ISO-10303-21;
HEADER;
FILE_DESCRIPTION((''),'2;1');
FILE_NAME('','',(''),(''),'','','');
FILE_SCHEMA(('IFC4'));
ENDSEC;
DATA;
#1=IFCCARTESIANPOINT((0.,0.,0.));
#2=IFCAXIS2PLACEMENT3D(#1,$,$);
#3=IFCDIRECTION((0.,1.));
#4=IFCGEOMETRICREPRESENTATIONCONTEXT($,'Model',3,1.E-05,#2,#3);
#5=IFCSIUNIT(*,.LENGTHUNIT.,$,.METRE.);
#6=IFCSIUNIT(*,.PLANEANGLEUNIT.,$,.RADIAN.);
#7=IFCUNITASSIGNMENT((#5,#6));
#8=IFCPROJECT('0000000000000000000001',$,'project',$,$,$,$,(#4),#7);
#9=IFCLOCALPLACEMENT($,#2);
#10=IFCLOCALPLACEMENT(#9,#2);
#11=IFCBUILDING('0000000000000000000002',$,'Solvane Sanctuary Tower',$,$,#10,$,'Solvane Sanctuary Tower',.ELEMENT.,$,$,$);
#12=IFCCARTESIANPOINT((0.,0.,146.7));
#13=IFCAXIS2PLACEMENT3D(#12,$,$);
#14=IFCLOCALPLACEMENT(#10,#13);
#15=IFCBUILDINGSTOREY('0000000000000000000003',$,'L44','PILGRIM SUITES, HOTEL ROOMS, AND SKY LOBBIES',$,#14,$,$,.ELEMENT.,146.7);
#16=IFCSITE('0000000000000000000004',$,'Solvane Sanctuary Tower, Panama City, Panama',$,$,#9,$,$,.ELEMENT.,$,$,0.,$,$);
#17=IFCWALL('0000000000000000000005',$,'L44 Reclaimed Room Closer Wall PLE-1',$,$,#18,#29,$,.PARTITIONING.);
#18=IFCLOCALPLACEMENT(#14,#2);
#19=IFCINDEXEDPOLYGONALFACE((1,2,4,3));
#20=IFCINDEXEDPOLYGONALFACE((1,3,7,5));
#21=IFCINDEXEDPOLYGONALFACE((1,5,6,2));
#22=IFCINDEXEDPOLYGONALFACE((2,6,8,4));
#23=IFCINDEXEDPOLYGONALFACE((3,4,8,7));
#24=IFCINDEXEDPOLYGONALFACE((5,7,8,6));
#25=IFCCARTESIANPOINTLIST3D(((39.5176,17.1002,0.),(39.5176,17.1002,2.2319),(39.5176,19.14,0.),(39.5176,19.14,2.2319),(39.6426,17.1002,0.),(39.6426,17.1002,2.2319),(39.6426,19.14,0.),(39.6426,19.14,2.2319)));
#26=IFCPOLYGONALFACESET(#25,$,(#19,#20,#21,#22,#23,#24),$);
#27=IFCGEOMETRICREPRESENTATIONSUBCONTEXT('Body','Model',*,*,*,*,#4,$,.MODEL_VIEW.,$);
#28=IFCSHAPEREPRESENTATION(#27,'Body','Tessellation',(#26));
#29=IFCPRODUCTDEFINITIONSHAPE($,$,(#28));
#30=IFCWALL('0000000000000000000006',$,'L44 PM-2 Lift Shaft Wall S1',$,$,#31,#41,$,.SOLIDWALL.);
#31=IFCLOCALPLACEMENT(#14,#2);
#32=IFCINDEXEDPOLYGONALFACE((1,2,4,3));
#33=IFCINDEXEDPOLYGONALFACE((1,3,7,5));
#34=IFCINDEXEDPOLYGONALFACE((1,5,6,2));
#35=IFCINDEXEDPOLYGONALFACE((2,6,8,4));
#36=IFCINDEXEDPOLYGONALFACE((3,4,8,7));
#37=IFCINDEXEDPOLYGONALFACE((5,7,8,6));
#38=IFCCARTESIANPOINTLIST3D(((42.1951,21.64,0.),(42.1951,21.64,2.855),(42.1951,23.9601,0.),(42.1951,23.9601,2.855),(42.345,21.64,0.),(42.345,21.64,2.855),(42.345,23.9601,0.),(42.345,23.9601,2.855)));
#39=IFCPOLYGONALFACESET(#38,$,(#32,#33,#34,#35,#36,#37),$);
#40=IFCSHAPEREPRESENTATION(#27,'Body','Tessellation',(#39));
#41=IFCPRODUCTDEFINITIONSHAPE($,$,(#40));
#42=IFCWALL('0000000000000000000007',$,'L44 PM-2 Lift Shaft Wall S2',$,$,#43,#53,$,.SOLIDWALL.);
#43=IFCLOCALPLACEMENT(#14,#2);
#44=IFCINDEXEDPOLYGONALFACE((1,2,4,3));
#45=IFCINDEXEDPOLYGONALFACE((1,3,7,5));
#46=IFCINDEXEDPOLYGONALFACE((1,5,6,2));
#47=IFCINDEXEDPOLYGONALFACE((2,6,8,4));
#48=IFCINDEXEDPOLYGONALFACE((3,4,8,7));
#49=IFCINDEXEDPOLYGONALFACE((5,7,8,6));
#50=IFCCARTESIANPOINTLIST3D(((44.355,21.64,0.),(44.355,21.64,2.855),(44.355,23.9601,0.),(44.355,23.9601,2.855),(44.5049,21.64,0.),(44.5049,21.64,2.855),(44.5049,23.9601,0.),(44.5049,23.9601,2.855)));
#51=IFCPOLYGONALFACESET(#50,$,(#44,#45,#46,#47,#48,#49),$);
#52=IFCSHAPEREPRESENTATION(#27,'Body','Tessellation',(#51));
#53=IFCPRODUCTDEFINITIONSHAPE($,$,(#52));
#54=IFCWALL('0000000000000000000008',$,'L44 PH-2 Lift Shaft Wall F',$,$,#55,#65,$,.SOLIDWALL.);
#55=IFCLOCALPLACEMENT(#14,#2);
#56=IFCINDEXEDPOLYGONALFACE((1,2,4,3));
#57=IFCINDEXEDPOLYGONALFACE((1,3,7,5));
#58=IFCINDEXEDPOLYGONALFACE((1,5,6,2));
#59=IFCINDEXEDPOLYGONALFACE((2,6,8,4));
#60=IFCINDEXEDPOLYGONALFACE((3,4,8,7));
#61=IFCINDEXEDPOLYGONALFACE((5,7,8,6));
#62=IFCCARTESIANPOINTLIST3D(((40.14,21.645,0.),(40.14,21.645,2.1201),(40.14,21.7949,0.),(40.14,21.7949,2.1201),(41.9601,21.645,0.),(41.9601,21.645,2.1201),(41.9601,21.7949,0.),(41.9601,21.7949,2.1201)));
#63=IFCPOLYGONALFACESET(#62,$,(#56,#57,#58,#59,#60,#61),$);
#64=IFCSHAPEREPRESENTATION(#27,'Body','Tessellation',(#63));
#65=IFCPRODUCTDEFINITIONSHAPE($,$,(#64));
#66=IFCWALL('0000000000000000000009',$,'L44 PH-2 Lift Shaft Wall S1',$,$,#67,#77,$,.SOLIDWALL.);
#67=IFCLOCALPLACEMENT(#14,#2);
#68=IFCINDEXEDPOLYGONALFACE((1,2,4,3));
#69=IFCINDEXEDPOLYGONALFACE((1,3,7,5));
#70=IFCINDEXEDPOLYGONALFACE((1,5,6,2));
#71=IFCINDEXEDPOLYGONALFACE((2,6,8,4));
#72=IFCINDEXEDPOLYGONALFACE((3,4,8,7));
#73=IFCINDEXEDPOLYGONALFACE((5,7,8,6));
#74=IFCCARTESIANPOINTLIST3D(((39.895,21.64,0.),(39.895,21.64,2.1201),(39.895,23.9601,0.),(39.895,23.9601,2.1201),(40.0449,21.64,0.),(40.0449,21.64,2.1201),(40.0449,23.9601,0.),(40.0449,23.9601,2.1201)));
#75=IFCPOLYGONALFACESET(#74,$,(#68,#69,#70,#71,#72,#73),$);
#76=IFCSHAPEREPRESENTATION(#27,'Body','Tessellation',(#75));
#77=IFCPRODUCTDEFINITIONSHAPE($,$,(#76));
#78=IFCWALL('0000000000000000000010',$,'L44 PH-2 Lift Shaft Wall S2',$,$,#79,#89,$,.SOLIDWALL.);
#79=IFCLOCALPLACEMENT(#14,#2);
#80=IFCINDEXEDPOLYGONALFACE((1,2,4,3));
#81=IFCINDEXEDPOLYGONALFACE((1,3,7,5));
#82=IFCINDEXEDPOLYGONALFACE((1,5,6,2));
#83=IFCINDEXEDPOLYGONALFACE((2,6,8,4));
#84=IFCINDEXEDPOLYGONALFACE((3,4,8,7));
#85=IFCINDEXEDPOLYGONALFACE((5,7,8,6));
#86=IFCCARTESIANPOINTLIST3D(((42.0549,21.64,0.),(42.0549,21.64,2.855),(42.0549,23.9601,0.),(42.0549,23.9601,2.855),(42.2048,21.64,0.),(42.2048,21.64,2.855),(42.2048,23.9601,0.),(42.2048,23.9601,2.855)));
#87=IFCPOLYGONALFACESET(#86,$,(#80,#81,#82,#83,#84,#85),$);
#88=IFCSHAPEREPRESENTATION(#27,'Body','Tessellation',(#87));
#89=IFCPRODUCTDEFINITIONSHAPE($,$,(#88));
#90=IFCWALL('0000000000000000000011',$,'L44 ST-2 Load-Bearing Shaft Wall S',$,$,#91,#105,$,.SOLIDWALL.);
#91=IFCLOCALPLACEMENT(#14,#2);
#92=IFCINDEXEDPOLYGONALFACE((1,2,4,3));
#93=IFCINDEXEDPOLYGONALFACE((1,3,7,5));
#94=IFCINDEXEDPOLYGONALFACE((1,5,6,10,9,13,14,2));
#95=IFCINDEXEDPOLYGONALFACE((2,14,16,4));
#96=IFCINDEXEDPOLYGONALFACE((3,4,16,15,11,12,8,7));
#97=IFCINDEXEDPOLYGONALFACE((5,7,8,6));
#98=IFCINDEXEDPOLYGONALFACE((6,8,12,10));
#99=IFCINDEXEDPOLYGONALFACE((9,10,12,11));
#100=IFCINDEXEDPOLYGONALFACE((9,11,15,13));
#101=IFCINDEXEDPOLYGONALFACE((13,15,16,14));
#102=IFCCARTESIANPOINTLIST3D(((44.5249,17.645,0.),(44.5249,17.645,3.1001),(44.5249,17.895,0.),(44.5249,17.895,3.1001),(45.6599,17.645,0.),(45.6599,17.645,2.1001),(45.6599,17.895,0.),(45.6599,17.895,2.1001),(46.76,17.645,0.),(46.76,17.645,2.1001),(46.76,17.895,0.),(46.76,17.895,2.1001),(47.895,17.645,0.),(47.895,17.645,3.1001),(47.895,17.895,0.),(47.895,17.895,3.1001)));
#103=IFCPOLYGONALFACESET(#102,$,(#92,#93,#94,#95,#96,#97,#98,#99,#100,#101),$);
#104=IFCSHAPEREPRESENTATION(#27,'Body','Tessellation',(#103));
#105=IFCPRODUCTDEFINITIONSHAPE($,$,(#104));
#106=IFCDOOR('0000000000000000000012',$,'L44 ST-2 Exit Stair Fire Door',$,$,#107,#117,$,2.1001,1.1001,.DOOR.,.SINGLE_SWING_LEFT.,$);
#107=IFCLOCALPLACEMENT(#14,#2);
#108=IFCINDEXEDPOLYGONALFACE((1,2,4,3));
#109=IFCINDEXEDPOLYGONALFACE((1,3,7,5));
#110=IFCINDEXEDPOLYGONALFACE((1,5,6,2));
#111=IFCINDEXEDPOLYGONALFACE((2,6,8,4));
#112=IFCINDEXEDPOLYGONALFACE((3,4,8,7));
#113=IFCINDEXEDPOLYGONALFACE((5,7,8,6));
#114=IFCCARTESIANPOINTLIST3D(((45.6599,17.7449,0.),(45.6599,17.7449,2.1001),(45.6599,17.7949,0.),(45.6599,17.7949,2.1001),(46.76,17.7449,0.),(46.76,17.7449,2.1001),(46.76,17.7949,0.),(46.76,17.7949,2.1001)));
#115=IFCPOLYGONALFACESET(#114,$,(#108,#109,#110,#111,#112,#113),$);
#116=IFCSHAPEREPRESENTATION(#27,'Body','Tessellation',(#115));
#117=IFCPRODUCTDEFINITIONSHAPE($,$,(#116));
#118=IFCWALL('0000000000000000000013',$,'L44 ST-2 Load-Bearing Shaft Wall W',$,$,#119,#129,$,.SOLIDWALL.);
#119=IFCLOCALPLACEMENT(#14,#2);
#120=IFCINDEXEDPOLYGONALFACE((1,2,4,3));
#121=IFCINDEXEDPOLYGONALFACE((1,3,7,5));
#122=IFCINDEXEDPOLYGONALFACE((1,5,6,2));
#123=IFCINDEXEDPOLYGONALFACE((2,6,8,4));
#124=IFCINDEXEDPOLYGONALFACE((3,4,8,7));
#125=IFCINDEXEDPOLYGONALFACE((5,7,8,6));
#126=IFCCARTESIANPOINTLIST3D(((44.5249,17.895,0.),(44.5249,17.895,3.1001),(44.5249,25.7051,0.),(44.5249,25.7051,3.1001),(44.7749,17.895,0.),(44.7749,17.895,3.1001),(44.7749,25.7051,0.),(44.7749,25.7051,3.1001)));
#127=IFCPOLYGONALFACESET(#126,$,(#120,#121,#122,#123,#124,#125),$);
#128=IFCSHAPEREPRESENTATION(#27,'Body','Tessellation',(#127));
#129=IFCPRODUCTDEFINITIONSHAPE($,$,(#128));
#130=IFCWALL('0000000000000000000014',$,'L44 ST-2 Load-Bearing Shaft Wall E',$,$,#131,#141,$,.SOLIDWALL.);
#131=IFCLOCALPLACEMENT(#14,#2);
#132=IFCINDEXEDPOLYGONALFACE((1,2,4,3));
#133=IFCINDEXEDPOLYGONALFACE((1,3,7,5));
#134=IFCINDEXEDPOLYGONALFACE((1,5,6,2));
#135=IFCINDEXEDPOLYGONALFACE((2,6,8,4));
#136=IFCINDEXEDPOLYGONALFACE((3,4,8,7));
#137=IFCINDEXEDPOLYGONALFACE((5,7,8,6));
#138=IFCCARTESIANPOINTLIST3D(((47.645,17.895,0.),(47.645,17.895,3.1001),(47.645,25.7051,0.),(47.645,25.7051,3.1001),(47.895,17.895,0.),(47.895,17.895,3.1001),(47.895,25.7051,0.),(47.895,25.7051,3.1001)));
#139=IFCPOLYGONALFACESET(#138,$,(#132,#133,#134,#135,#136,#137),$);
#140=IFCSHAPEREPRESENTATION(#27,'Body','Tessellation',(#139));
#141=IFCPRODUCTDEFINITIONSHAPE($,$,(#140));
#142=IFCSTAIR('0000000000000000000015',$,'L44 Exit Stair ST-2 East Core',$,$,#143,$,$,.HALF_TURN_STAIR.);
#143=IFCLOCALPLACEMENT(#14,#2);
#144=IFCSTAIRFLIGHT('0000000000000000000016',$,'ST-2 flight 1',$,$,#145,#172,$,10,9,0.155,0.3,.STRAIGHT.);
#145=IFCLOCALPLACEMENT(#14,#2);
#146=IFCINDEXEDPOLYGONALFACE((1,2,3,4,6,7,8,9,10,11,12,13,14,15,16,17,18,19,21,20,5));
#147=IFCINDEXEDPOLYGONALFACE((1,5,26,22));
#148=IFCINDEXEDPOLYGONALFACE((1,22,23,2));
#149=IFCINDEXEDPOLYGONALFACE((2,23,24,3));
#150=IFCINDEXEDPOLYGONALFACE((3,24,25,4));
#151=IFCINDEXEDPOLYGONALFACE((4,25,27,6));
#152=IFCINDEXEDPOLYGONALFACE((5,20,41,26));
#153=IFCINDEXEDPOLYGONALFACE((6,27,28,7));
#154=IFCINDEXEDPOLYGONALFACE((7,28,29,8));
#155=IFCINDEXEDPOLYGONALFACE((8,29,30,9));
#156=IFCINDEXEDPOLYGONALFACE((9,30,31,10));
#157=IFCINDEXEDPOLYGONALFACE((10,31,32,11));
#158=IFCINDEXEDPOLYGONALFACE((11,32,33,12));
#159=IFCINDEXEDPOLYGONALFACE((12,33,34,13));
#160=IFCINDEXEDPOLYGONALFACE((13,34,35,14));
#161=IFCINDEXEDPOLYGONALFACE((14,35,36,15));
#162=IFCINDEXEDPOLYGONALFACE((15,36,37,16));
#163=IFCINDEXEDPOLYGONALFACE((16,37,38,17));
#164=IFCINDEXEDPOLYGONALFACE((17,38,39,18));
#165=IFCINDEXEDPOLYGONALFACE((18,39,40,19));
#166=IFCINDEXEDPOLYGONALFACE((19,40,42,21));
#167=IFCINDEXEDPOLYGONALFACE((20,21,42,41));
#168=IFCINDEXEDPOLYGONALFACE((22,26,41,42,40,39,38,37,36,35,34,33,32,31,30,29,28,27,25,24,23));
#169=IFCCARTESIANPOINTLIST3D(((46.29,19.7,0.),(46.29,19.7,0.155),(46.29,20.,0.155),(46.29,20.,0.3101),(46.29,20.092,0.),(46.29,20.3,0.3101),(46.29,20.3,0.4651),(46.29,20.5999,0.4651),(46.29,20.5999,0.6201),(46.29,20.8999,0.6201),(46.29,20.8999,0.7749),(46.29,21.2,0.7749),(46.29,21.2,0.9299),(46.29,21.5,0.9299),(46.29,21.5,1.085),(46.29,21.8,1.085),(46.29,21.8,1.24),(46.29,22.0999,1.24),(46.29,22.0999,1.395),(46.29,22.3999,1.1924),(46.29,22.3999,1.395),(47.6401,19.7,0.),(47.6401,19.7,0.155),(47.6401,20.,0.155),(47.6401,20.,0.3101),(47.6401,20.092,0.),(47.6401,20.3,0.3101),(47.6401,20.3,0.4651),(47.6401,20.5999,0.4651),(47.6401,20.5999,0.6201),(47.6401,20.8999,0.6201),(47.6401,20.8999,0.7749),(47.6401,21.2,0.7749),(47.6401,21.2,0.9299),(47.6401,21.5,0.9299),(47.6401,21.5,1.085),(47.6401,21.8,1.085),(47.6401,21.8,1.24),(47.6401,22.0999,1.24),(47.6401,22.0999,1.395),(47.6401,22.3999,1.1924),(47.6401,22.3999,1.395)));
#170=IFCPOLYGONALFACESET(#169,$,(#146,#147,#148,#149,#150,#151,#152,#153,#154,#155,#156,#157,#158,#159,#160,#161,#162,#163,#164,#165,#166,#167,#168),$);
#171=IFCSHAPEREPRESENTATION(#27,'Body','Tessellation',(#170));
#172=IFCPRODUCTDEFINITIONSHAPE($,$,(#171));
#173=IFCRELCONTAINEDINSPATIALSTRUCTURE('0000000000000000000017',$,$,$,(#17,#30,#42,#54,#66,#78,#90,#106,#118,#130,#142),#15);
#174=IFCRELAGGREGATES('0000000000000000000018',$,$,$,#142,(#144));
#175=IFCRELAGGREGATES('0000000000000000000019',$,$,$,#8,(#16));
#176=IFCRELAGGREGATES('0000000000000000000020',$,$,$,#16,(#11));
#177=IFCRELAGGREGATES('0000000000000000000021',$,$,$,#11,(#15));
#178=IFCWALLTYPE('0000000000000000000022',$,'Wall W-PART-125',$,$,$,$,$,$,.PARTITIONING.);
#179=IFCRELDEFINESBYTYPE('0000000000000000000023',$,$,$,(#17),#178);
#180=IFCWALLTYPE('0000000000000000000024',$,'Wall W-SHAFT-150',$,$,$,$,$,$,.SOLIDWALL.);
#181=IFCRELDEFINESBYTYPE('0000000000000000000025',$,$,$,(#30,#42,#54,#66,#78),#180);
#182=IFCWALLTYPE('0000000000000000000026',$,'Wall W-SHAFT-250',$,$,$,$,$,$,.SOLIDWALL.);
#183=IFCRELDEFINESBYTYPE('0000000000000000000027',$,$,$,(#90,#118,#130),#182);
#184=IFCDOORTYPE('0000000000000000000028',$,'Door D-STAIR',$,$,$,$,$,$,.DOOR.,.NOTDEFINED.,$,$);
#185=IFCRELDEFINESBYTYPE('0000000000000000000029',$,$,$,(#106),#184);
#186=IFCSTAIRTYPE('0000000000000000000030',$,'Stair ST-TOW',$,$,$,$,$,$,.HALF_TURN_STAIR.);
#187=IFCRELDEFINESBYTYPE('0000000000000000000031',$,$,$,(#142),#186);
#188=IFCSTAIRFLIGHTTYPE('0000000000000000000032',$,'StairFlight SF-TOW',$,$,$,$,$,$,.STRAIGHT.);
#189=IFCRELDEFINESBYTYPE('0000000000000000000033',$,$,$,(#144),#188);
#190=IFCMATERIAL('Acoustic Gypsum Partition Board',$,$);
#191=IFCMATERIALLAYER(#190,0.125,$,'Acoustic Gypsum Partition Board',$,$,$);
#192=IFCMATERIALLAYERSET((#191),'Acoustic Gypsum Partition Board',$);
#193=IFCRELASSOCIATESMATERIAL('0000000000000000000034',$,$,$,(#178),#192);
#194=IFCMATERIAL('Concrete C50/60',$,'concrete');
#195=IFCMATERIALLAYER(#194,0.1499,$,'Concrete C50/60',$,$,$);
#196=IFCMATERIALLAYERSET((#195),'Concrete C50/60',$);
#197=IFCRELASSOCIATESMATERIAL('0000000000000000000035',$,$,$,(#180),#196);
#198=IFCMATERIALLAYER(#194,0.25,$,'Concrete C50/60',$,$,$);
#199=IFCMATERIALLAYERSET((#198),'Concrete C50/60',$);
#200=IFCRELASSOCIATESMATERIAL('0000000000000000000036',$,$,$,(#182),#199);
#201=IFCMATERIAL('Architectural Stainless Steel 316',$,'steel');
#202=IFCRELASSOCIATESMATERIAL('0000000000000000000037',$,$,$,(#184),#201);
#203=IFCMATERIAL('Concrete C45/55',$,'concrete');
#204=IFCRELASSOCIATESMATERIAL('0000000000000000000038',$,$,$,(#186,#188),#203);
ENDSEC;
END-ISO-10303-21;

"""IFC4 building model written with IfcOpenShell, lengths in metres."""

from ifc_helpers import new_model, si_unit, direction, frame, frame_2d, origin, place, context, subcontext, project, spatial, polyline, rectangle, outline, extrude, material, layer, layer_set, type_object, element, fill, aggregate, save


model = new_model("IFC4")

# Units and contexts
model_context = context("Model", 3, precision=1e-05, world=origin(), true_north=direction((0.0, 1.0)))
body_context = subcontext(model_context, "Body", "Model", "MODEL_VIEW")
ifc_project = project(units=[si_unit("LENGTHUNIT", "METRE"), si_unit("PLANEANGLEUNIT", "RADIAN")], contexts=[model_context])

# Site, building, storey
site_placement = place(None, origin())
site = spatial("IfcSite", under=ifc_project, at=site_placement, Name="Solvane Sanctuary Tower, Panama City, Panama", CompositionType="ELEMENT", RefElevation=0.0)
building_placement = place(site_placement, origin())
building = spatial("IfcBuilding", under=site, at=building_placement, Name="Solvane Sanctuary Tower", LongName="Solvane Sanctuary Tower", CompositionType="ELEMENT")
storey_placement = place(building_placement, frame((0.0, 0.0, 146.7)))
storey = spatial("IfcBuildingStorey", under=building, at=storey_placement, Name="L44", Description="PILGRIM SUITES, HOTEL ROOMS, AND SKY LOBBIES", CompositionType="ELEMENT", Elevation=146.7)

# Shared definitions
ifc_material_1 = material(Name="Acoustic Gypsum Partition Board")

# Shared definitions
ifc_layer_1 = layer(ifc_material_1, 0.125, Name="Acoustic Gypsum Partition Board")
ifc_layer_set_1 = layer_set([ifc_layer_1], Name="Acoustic Gypsum Partition Board")
wall_type_1 = type_object("IfcWallType", Name="Wall W-PART-125", PredefinedType="PARTITIONING", material=ifc_layer_set_1)
ifc_material_2 = material(Name="Architectural Stainless Steel 316", Category="steel")

# Walls
wall_1_placement = place(storey_placement, frame((39.5801, 17.1001, 0.0), z_axis=(0.0, 0.0, 1.0), x_axis=(0.0, 1.0, 0.0)))
element("IfcWall", 1, at=wall_1_placement, inside=storey, type_object=wall_type_1, Name="L44 Reclaimed Room Closer Wall PLE-1", PredefinedType="PARTITIONING", context=body_context, shape_type="SweptSolid", body=[
    extrude(rectangle(XDim=2.0398, YDim=0.125, at=frame_2d((1.02, 0.0))), origin(), (0.0, 0.0, 1.0), 2.2319),
])
ifc_material_3 = material(Name="Concrete C50/60", Category="concrete")
ifc_layer_2 = layer(ifc_material_3, 0.1499, Name="Concrete C50/60")
ifc_layer_set_2 = layer_set([ifc_layer_2], Name="Concrete C50/60")
wall_type_2 = type_object("IfcWallType", Name="Wall W-SHAFT-150", PredefinedType="SOLIDWALL", material=ifc_layer_set_2)
for number, where, z_axis, x_axis, name in (
    (2, (42.27, 21.6399, 0.0), (0.0, 0.0, 1.0), (0.0, 1.0, 0.0), "L44 PM-2 Lift Shaft Wall S1"),
    (3, (44.4299, 21.6399, 0.0), (0.0, 0.0, 1.0), (0.0, 1.0, 0.0), "L44 PM-2 Lift Shaft Wall S2"),
):
    element("IfcWall", number, at=place(storey_placement, frame(where, z_axis=z_axis, x_axis=x_axis)), inside=storey, type_object=wall_type_2, Name=name, PredefinedType="SOLIDWALL", context=body_context, shape_type="SweptSolid", body=[
        extrude(rectangle(XDim=2.3201, YDim=0.1499, at=frame_2d((1.1602, 0.0))), origin(), (0.0, 0.0, 1.0), 2.855),
    ])
wall_2_placement = place(storey_placement, frame((40.1399, 21.72, 0.0), z_axis=(0.0, 0.0, 1.0), x_axis=(1.0, 0.0, 0.0)))
element("IfcWall", 4, at=wall_2_placement, inside=storey, type_object=wall_type_2, Name="L44 PH-2 Lift Shaft Wall F", PredefinedType="SOLIDWALL", context=body_context, shape_type="SweptSolid", body=[
    extrude(rectangle(XDim=1.8201, YDim=0.1499, at=frame_2d((0.9102, 0.0))), origin(), (0.0, 0.0, 1.0), 2.1201),
])
wall_3_placement = place(storey_placement, frame((39.97, 21.6399, 0.0), z_axis=(0.0, 0.0, 1.0), x_axis=(0.0, 1.0, 0.0)))
element("IfcWall", 5, at=wall_3_placement, inside=storey, type_object=wall_type_2, Name="L44 PH-2 Lift Shaft Wall S1", PredefinedType="SOLIDWALL", context=body_context, shape_type="SweptSolid", body=[
    extrude(rectangle(XDim=2.3201, YDim=0.1499, at=frame_2d((1.1602, 0.0))), origin(), (0.0, 0.0, 1.0), 2.1201),
])
wall_4_placement = place(storey_placement, frame((42.1299, 21.6399, 0.0), z_axis=(0.0, 0.0, 1.0), x_axis=(0.0, 1.0, 0.0)))
element("IfcWall", 6, at=wall_4_placement, inside=storey, type_object=wall_type_2, Name="L44 PH-2 Lift Shaft Wall S2", PredefinedType="SOLIDWALL", context=body_context, shape_type="SweptSolid", body=[
    extrude(rectangle(XDim=2.3201, YDim=0.1499, at=frame_2d((1.1602, 0.0))), origin(), (0.0, 0.0, 1.0), 2.855),
])

# Wall, opening, door
ifc_layer_3 = layer(ifc_material_3, 0.25, Name="Concrete C50/60")
ifc_layer_set_3 = layer_set([ifc_layer_3], Name="Concrete C50/60")
wall_type_3 = type_object("IfcWallType", Name="Wall W-SHAFT-250", PredefinedType="SOLIDWALL", material=ifc_layer_set_3)
wall_5_placement = place(storey_placement, frame((44.5249, 17.77, 0.0), z_axis=(0.0, 0.0, 1.0), x_axis=(1.0, 0.0, 0.0)))
wall_5 = element("IfcWall", 7, at=wall_5_placement, inside=storey, type_object=wall_type_3, Name="L44 ST-2 Load-Bearing Shaft Wall S", PredefinedType="SOLIDWALL", context=body_context, shape_type="SweptSolid", body=[
    extrude(rectangle(XDim=3.3701, YDim=0.25, at=frame_2d((1.6851, 0.0))), origin(), (0.0, 0.0, 1.0), 3.1001),
])
opening_1_placement = place(wall_5_placement, frame((1.135, 0.0, 0.0)))
opening_1 = element("IfcOpeningElement", 8, at=opening_1_placement, cuts=wall_5, PredefinedType="OPENING", context=body_context, shape_type="SweptSolid", body=[
    extrude(rectangle(XDim=1.1001, YDim=2.1001, at=frame_2d((0.55, 1.05))), frame((0.0, 0.135, 0.0), z_axis=(0.0, -1.0, 0.0), x_axis=(1.0, 0.0, 0.0)), (0.0, 0.0, 1.0), 0.27),
])
door_type_1 = type_object("IfcDoorType", Name="Door D-STAIR", OperationType="NOTDEFINED", PredefinedType="DOOR", material=ifc_material_2)
door_1_placement = place(opening_1_placement, origin())
door_1 = element("IfcDoor", 9, at=door_1_placement, inside=storey, type_object=door_type_1, Name="L44 ST-2 Exit Stair Fire Door", OperationType="SINGLE_SWING_LEFT", OverallHeight=2.1001, OverallWidth=1.1001, PredefinedType="DOOR", context=body_context, shape_type="SweptSolid", body=[
    extrude(rectangle(XDim=1.1001, YDim=2.1001, at=frame_2d((0.55, 1.05))), frame((0.0, 0.0249, 0.0), z_axis=(0.0, -1.0, 0.0), x_axis=(1.0, 0.0, 0.0)), (0.0, 0.0, 1.0), 0.05),
])
fill(opening_1, door_1)

# Walls
for number, where, z_axis, x_axis, name in (
    (10, (44.6499, 17.895, 0.0), (0.0, 0.0, 1.0), (0.0, 1.0, 0.0), "L44 ST-2 Load-Bearing Shaft Wall W"),
    (11, (47.77, 17.895, 0.0), (0.0, 0.0, 1.0), (0.0, 1.0, 0.0), "L44 ST-2 Load-Bearing Shaft Wall E"),
):
    element("IfcWall", number, at=place(storey_placement, frame(where, z_axis=z_axis, x_axis=x_axis)), inside=storey, type_object=wall_type_3, Name=name, PredefinedType="SOLIDWALL", context=body_context, shape_type="SweptSolid", body=[
        extrude(rectangle(XDim=7.8101, YDim=0.25, at=frame_2d((3.905, 0.0))), origin(), (0.0, 0.0, 1.0), 3.1001),
    ])

# Stair, stair flight
ifc_material_4 = material(Name="Concrete C45/55", Category="concrete")
stair_type = type_object("IfcStairType", Name="Stair ST-TOW", PredefinedType="HALF_TURN_STAIR", material=ifc_material_4)
stair_placement = place(storey_placement, origin())
stair = element("IfcStair", 12, at=stair_placement, inside=storey, type_object=stair_type, Name="L44 Exit Stair ST-2 East Core", PredefinedType="HALF_TURN_STAIR")
stair_flight_type = type_object("IfcStairFlightType", Name="StairFlight SF-TOW", PredefinedType="STRAIGHT", material=ifc_material_4)
stair_flight_placement = place(storey_placement, frame((46.9651, 19.7, 0.0), z_axis=(0.0, 0.0, 1.0), x_axis=(0.0, 1.0, 0.0)))
stair_flight = element("IfcStairFlight", 13, at=stair_flight_placement, type_object=stair_flight_type, Name="ST-2 flight 1", NumberOfRisers=10, NumberOfTreads=9, PredefinedType="STRAIGHT", RiserHeight=0.155, TreadLength=0.3, context=body_context, shape_type="SweptSolid", body=[
    extrude(outline(polyline([(0.0, 0.0), (0.0, 0.155), (0.3, 0.155), (0.3, 0.3101), (0.6001, 0.3101), (0.6001, 0.4651), (0.8999, 0.4651), (0.8999, 0.6201), (1.2, 0.6201), (1.2, 0.7749), (1.5, 0.7749), (1.5, 0.9299), (1.8, 0.9299), (1.8, 1.085), (2.1001, 1.085), (2.1001, 1.24), (2.3999, 1.24), (2.3999, 1.395), (2.7, 1.395), (2.7, 1.55), (2.7, 1.1924), (0.3921, 0.0), (0.0, 0.0)])), frame((0.0, 0.675, 0.0), z_axis=(0.0, -1.0, 0.0), x_axis=(1.0, 0.0, 0.0)), (0.0, 0.0, 1.0), 1.3501),
])
aggregate(stair, [stair_flight])

save(model, "model.ifc")
